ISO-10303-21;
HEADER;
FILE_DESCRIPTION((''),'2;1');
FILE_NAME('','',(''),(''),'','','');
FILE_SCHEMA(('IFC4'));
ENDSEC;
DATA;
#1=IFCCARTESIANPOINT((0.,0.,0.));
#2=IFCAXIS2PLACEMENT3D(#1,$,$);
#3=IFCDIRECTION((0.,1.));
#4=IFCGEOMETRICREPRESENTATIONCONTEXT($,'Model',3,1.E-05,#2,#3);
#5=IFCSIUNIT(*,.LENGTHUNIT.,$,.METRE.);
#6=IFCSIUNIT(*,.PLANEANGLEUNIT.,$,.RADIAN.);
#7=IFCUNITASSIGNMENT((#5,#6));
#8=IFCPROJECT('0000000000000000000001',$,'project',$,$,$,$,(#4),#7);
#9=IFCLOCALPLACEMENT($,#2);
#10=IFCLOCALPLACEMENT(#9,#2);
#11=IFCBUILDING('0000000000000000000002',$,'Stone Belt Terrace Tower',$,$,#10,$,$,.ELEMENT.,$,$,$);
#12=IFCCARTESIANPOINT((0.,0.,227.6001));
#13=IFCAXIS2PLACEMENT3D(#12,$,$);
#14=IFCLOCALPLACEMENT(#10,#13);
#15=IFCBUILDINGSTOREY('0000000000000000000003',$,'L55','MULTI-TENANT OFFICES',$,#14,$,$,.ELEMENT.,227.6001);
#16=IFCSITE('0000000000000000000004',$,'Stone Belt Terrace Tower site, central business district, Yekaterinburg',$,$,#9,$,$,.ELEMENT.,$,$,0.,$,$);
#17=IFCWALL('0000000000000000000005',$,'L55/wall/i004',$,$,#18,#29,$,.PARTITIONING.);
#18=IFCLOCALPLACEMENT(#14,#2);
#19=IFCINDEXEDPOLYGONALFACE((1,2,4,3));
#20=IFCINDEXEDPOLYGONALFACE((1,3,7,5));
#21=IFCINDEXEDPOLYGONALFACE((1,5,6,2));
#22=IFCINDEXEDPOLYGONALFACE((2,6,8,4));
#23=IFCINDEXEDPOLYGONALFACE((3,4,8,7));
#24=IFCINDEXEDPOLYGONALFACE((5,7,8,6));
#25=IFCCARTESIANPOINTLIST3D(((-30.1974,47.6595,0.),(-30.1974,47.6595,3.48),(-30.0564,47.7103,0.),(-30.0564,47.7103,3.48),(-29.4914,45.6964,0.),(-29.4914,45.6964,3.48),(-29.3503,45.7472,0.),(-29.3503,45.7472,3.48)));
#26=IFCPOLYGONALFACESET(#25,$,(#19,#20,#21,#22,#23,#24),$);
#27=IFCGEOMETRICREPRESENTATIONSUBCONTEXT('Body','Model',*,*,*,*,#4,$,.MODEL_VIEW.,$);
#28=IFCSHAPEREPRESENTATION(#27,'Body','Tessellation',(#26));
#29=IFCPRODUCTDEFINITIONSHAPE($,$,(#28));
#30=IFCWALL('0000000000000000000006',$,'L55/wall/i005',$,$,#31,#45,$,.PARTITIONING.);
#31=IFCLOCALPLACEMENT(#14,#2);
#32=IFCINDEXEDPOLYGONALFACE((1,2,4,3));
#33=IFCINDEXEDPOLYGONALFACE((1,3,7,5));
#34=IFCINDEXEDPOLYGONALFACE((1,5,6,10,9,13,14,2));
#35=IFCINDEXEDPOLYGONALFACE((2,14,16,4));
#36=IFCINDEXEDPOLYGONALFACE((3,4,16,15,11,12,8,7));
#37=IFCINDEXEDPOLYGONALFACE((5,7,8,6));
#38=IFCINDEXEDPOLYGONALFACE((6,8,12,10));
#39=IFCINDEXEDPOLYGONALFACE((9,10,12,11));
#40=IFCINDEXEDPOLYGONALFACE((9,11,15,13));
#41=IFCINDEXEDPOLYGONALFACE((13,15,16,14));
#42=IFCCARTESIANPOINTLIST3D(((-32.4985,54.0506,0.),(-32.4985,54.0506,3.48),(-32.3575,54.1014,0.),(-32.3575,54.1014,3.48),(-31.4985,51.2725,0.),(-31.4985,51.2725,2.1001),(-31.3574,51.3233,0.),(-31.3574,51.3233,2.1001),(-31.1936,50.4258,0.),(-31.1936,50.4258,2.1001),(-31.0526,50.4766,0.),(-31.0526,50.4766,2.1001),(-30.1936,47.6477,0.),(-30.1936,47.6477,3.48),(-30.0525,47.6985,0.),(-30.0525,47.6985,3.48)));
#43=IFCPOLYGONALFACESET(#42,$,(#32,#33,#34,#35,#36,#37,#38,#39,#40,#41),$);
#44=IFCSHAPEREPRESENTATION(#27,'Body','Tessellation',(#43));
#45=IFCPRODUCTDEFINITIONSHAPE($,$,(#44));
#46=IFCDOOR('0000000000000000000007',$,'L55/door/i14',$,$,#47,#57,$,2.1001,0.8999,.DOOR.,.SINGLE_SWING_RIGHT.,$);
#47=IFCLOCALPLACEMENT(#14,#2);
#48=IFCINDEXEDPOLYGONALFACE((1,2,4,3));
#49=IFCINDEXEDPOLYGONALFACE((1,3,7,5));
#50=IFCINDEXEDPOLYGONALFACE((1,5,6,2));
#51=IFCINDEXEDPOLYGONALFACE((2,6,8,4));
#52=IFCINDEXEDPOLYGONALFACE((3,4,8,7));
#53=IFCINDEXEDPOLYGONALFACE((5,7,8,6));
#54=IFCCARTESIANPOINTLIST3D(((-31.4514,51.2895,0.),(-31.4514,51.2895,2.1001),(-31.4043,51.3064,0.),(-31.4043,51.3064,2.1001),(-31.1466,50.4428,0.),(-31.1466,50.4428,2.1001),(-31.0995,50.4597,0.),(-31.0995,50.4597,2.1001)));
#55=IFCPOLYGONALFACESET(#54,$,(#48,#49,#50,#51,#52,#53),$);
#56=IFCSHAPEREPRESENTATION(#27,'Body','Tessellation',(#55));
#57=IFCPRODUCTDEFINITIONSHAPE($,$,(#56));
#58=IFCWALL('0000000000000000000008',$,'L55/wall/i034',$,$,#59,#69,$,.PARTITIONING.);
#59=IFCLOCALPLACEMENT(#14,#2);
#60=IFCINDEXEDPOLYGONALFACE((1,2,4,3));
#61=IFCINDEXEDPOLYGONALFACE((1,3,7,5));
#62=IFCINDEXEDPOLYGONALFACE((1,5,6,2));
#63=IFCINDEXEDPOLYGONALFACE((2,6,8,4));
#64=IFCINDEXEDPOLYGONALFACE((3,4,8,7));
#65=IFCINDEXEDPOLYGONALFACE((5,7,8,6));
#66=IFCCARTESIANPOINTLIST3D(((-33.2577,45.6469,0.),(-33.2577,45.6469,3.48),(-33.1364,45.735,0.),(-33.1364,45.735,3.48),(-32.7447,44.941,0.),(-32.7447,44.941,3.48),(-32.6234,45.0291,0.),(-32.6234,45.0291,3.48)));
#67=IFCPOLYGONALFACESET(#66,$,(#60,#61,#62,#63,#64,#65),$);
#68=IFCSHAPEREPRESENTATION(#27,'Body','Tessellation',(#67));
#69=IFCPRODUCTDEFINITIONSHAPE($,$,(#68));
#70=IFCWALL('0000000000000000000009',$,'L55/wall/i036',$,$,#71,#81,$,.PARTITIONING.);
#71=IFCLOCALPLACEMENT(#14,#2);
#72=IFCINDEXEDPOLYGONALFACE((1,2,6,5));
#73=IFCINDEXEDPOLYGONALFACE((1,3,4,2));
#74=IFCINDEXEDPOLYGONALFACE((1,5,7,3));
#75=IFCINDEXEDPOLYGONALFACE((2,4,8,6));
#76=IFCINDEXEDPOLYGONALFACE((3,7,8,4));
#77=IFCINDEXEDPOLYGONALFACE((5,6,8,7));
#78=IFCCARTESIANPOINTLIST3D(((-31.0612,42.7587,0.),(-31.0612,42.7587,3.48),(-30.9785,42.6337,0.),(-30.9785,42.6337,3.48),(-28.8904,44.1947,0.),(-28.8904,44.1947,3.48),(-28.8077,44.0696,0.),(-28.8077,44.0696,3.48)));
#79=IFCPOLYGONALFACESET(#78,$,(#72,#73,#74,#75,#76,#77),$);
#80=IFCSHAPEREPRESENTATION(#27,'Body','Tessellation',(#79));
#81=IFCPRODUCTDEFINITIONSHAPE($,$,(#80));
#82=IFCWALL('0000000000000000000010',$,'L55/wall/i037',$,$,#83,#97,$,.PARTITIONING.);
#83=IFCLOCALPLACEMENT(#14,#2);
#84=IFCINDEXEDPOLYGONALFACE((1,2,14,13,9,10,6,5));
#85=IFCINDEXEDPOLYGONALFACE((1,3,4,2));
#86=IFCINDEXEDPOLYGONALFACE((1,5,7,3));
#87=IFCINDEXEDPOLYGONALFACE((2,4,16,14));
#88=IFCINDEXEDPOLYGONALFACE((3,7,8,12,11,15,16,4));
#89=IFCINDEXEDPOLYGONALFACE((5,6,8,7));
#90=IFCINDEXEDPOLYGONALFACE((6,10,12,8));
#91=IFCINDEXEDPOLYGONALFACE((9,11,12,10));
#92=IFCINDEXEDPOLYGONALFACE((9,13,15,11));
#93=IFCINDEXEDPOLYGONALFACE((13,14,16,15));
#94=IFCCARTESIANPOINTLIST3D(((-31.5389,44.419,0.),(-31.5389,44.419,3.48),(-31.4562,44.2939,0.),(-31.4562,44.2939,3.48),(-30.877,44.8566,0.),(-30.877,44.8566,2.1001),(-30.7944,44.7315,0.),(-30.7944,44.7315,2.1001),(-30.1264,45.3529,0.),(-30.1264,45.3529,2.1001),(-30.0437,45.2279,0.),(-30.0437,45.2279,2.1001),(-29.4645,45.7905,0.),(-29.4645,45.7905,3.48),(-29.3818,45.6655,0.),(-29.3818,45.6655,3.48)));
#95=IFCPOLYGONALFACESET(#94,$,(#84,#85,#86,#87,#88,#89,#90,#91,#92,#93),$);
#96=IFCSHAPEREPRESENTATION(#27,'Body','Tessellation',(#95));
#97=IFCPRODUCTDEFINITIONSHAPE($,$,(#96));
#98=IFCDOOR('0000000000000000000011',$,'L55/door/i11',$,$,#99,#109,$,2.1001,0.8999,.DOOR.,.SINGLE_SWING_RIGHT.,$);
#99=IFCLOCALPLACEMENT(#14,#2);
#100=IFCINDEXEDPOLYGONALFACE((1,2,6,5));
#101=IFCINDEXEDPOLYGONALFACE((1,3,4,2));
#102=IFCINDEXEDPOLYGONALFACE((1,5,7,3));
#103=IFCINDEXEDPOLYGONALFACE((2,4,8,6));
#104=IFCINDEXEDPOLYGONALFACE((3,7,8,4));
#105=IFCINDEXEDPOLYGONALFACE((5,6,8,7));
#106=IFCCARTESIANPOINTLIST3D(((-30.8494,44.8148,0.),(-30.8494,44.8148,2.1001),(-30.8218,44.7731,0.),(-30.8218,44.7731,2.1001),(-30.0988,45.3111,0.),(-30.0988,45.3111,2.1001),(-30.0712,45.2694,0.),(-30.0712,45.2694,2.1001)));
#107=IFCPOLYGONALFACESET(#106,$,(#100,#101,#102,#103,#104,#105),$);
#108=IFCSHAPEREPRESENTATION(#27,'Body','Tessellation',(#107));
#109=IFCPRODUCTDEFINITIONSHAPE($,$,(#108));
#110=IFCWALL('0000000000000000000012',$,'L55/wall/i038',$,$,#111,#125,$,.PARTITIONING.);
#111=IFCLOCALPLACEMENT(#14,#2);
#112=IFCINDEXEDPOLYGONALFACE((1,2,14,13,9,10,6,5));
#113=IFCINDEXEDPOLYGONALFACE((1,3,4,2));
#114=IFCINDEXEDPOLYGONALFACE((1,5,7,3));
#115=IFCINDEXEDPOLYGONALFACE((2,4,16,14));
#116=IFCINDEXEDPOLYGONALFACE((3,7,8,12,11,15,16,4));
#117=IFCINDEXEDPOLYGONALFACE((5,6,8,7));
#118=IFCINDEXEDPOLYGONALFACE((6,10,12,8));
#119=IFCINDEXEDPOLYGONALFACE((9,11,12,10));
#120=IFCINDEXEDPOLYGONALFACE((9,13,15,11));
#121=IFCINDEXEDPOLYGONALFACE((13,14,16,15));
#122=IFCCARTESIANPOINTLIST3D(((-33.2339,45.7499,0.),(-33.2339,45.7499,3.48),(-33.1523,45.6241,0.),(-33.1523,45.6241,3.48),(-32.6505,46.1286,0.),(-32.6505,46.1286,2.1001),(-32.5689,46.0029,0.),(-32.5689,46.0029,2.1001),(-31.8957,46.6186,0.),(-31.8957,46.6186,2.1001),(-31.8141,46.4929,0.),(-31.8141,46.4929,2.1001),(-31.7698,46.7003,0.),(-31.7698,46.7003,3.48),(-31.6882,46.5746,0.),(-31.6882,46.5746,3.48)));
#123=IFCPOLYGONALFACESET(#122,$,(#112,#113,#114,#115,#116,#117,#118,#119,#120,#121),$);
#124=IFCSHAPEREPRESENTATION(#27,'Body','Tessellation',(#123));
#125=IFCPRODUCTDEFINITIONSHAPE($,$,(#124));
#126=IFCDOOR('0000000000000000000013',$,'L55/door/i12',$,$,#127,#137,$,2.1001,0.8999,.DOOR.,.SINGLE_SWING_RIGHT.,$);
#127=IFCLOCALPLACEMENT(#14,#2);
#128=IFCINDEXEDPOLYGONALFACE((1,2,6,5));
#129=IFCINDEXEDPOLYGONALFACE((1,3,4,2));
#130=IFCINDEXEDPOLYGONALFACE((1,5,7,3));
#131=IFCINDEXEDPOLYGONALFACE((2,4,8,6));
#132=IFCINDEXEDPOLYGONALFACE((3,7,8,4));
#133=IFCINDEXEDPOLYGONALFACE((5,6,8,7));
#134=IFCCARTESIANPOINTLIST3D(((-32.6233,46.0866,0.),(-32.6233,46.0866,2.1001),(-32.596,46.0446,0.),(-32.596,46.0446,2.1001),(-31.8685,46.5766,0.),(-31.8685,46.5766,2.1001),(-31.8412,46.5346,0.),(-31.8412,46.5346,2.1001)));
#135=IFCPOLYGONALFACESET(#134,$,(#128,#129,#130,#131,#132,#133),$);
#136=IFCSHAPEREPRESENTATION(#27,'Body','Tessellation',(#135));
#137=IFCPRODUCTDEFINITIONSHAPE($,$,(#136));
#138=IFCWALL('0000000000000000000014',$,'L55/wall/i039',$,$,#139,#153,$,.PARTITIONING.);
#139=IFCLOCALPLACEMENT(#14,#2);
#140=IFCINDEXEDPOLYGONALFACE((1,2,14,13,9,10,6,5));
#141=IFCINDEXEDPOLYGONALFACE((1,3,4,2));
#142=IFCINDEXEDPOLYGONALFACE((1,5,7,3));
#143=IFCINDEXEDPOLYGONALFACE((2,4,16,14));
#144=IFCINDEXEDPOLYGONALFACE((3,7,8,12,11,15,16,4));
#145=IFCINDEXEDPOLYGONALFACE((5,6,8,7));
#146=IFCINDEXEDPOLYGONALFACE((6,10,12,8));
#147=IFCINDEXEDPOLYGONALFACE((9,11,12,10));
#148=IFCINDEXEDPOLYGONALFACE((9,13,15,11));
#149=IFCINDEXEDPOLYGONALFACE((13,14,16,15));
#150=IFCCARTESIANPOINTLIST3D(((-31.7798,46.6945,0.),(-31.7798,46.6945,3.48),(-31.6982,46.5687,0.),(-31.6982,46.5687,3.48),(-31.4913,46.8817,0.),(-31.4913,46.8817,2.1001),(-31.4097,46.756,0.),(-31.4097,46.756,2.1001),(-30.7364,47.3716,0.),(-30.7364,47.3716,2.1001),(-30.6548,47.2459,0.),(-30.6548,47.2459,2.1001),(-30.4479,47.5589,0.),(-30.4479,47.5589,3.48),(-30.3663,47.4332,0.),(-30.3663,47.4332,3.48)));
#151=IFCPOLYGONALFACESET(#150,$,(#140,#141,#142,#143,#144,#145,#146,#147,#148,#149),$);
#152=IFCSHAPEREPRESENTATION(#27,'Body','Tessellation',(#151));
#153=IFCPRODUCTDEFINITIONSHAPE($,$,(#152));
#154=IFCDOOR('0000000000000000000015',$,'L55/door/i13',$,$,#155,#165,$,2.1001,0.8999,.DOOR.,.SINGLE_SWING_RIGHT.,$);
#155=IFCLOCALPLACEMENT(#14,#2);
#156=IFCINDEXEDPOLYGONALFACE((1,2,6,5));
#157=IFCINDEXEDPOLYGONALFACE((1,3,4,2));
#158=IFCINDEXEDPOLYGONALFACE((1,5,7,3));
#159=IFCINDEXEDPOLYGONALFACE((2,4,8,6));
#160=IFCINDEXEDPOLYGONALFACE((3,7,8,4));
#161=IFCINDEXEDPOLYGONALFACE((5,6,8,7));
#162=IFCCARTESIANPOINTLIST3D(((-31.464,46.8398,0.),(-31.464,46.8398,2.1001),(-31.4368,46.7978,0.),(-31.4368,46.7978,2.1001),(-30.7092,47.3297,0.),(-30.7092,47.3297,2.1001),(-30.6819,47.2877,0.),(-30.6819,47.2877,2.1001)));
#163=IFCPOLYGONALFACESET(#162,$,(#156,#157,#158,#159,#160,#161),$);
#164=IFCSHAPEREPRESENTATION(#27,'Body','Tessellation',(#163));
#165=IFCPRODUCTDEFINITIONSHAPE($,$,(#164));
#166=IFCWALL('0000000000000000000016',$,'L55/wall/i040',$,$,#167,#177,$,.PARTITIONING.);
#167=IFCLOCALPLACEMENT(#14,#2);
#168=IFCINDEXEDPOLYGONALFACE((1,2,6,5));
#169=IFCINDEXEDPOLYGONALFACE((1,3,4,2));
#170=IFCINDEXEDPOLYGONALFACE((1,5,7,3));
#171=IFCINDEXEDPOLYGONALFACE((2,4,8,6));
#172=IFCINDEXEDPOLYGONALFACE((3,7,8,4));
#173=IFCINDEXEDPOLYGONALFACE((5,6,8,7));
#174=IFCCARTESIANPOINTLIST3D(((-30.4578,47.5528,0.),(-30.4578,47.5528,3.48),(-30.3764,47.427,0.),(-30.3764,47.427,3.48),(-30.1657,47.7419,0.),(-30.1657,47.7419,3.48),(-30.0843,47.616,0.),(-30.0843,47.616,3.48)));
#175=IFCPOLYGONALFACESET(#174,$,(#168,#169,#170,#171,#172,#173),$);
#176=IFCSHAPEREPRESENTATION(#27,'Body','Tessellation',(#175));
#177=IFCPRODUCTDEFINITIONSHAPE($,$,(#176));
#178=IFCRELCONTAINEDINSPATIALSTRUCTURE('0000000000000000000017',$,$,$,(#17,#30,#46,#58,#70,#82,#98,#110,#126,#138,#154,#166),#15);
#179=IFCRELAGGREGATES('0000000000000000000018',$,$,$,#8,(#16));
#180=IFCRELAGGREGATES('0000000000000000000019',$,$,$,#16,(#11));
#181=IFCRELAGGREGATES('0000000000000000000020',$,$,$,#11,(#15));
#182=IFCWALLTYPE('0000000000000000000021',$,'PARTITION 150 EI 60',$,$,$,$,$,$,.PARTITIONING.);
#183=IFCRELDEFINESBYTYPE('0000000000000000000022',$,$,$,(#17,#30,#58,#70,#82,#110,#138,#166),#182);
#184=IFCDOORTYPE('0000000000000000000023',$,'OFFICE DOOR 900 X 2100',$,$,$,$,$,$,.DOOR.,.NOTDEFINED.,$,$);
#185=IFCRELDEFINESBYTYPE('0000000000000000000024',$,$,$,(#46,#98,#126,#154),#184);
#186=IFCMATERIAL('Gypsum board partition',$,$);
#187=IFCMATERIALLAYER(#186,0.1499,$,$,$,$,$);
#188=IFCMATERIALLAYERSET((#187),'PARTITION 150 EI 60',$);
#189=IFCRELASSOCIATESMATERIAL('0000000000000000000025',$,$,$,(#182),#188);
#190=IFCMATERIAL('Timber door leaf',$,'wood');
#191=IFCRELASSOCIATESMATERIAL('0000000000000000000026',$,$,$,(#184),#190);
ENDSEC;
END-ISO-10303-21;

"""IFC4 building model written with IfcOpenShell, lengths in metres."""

from ifc_helpers import new_model, si_unit, direction, frame, frame_2d, origin, place, context, subcontext, project, spatial, rectangle, extrude, material, layer, layer_set, type_object, element, fill, save


model = new_model("IFC4")

# Units and contexts
model_context = context("Model", 3, precision=1e-05, world=origin(), true_north=direction((0.0, 1.0)))
body_context = subcontext(model_context, "Body", "Model", "MODEL_VIEW")
ifc_project = project(units=[si_unit("LENGTHUNIT", "METRE"), si_unit("PLANEANGLEUNIT", "RADIAN")], contexts=[model_context])

# Site, building, storey
site_placement = place(None, origin())
site = spatial("IfcSite", under=ifc_project, at=site_placement, Name="Stone Belt Terrace Tower site, central business district, Yekaterinburg", CompositionType="ELEMENT", RefElevation=0.0)
building_placement = place(site_placement, origin())
building = spatial("IfcBuilding", under=site, at=building_placement, Name="Stone Belt Terrace Tower", CompositionType="ELEMENT")
storey_placement = place(building_placement, frame((0.0, 0.0, 227.6001)))
storey = spatial("IfcBuildingStorey", under=building, at=storey_placement, Name="L55", Description="MULTI-TENANT OFFICES", CompositionType="ELEMENT", Elevation=227.6001)

# Shared definitions
ifc_material_1 = material(Name="Timber door leaf", Category="wood")

# Wall
ifc_material_2 = material(Name="Gypsum board partition")
ifc_layer_1 = layer(ifc_material_2, 0.1499)
ifc_layer_set_1 = layer_set([ifc_layer_1], Name="PARTITION 150 EI 60")
wall_type_1 = type_object("IfcWallType", Name="PARTITION 150 EI 60", PredefinedType="PARTITIONING", material=ifc_layer_set_1)
wall_1_placement = place(storey_placement, frame((-29.4209, 45.7219, 0.0), z_axis=(0.0, 0.0, 1.0), x_axis=(-0.338434, 0.94099, 0.0)))
element("IfcWall", 1, at=wall_1_placement, inside=storey, type_object=wall_type_1, Name="L55/wall/i004", PredefinedType="PARTITIONING", context=body_context, shape_type="SweptSolid", body=[
    extrude(rectangle(XDim=2.0862, YDim=0.1499, at=frame_2d((1.043, 0.0))), origin(), (0.0, 0.0, 1.0), 3.48),
])

# Wall, opening, door
wall_2_placement = place(storey_placement, frame((-30.123, 47.6731, 0.0), z_axis=(0.0, 0.0, 1.0), x_axis=(-0.338708, 0.940892, 0.0)))
wall_2 = element("IfcWall", 2, at=wall_2_placement, inside=storey, type_object=wall_type_1, Name="L55/wall/i005", PredefinedType="PARTITIONING", context=body_context, shape_type="SweptSolid", body=[
    extrude(rectangle(XDim=6.8052, YDim=0.1499, at=frame_2d((3.4026, 0.0))), origin(), (0.0, 0.0, 1.0), 3.48),
])
opening_1_placement = place(wall_2_placement, frame((2.9526, 0.0, 0.0)))
opening_1 = element("IfcOpeningElement", 3, at=opening_1_placement, cuts=wall_2, PredefinedType="OPENING", context=body_context, shape_type="SweptSolid", body=[
    extrude(rectangle(XDim=0.8999, YDim=2.1001, at=frame_2d((0.45, 1.05))), frame((0.0, 0.085, 0.0), z_axis=(0.0, -1.0, 0.0), x_axis=(1.0, 0.0, 0.0)), (0.0, 0.0, 1.0), 0.1699),
])
door_type_1 = type_object("IfcDoorType", Name="OFFICE DOOR 900 X 2100", OperationType="NOTDEFINED", PredefinedType="DOOR", material=ifc_material_1)
door_1_placement = place(opening_1_placement, origin())
door_1 = element("IfcDoor", 4, at=door_1_placement, inside=storey, type_object=door_type_1, Name="L55/door/i14", OperationType="SINGLE_SWING_RIGHT", OverallHeight=2.1001, OverallWidth=0.8999, PredefinedType="DOOR", context=body_context, shape_type="SweptSolid", body=[
    extrude(rectangle(XDim=0.8999, YDim=2.1001, at=frame_2d((0.45, 1.05))), frame((0.0, 0.0249, 0.0), z_axis=(0.0, -1.0, 0.0), x_axis=(1.0, 0.0, 0.0)), (0.0, 0.0, 1.0), 0.05),
])
fill(opening_1, door_1)

# Walls
wall_3_placement = place(storey_placement, frame((-33.197, 45.6909, 0.0), z_axis=(0.0, 0.0, 1.0), x_axis=(0.587889, -0.808942, 0.0)))
element("IfcWall", 5, at=wall_3_placement, inside=storey, type_object=wall_type_1, Name="L55/wall/i034", PredefinedType="PARTITIONING", context=body_context, shape_type="SweptSolid", body=[
    extrude(rectangle(XDim=0.8726, YDim=0.1499, at=frame_2d((0.4363, 0.0))), origin(), (0.0, 0.0, 1.0), 3.48),
])
wall_4_placement = place(storey_placement, frame((-28.8491, 44.1321, 0.0), z_axis=(0.0, 0.0, 1.0), x_axis=(-0.834036, -0.55171, 0.0)))
element("IfcWall", 6, at=wall_4_placement, inside=storey, type_object=wall_type_1, Name="L55/wall/i036", PredefinedType="PARTITIONING", context=body_context, shape_type="SweptSolid", body=[
    extrude(rectangle(XDim=2.6028, YDim=0.1499, at=frame_2d((1.3013, 0.0))), origin(), (0.0, 0.0, 1.0), 3.48),
])

# Walls, openings, doors
wall_5_placement = place(storey_placement, frame((-31.4976, 44.3564, 0.0), z_axis=(0.0, 0.0, 1.0), x_axis=(0.834159, 0.551524, 0.0)))
wall_5 = element("IfcWall", 7, at=wall_5_placement, inside=storey, type_object=wall_type_1, Name="L55/wall/i037", PredefinedType="PARTITIONING", context=body_context, shape_type="SweptSolid", body=[
    extrude(rectangle(XDim=2.4868, YDim=0.1499, at=frame_2d((1.2434, 0.0))), origin(), (0.0, 0.0, 1.0), 3.48),
])
opening_2_placement = place(wall_5_placement, frame((0.7935, 0.0, 0.0)))
opening_2 = element("IfcOpeningElement", 8, at=opening_2_placement, cuts=wall_5, PredefinedType="OPENING", context=body_context, shape_type="SweptSolid", body=[
    extrude(rectangle(XDim=0.8999, YDim=2.1001, at=frame_2d((0.45, 1.05))), frame((0.0, 0.085, 0.0), z_axis=(0.0, -1.0, 0.0), x_axis=(1.0, 0.0, 0.0)), (0.0, 0.0, 1.0), 0.1699),
])
door_2_placement = place(opening_2_placement, origin())
door_2 = element("IfcDoor", 9, at=door_2_placement, inside=storey, type_object=door_type_1, Name="L55/door/i11", OperationType="SINGLE_SWING_RIGHT", OverallHeight=2.1001, OverallWidth=0.8999, PredefinedType="DOOR", context=body_context, shape_type="SweptSolid", body=[
    extrude(rectangle(XDim=0.8999, YDim=2.1001, at=frame_2d((0.45, 1.05))), frame((0.0, 0.0249, 0.0), z_axis=(0.0, -1.0, 0.0), x_axis=(1.0, 0.0, 0.0)), (0.0, 0.0, 1.0), 0.05),
])
fill(opening_2, door_2)
wall_6_placement = place(storey_placement, frame((-33.1931, 45.687, 0.0), z_axis=(0.0, 0.0, 1.0), x_axis=(0.838766, 0.544492, 0.0)))
wall_6 = element("IfcWall", 10, at=wall_6_placement, inside=storey, type_object=wall_type_1, Name="L55/wall/i038", PredefinedType="PARTITIONING", context=body_context, shape_type="SweptSolid", body=[
    extrude(rectangle(XDim=1.7456, YDim=0.1499, at=frame_2d((0.8728, 0.0))), origin(), (0.0, 0.0, 1.0), 3.48),
])
opening_3_placement = place(wall_6_placement, frame((0.6956, 0.0, 0.0)))
opening_3 = element("IfcOpeningElement", 11, at=opening_3_placement, cuts=wall_6, PredefinedType="OPENING", context=body_context, shape_type="SweptSolid", body=[
    extrude(rectangle(XDim=0.8999, YDim=2.1001, at=frame_2d((0.45, 1.05))), frame((0.0, 0.085, 0.0), z_axis=(0.0, -1.0, 0.0), x_axis=(1.0, 0.0, 0.0)), (0.0, 0.0, 1.0), 0.1699),
])
door_3_placement = place(opening_3_placement, origin())
door_3 = element("IfcDoor", 12, at=door_3_placement, inside=storey, type_object=door_type_1, Name="L55/door/i12", OperationType="SINGLE_SWING_RIGHT", OverallHeight=2.1001, OverallWidth=0.8999, PredefinedType="DOOR", context=body_context, shape_type="SweptSolid", body=[
    extrude(rectangle(XDim=0.8999, YDim=2.1001, at=frame_2d((0.45, 1.05))), frame((0.0, 0.0249, 0.0), z_axis=(0.0, -1.0, 0.0), x_axis=(1.0, 0.0, 0.0)), (0.0, 0.0, 1.0), 0.05),
])
fill(opening_3, door_3)
wall_7_placement = place(storey_placement, frame((-31.739, 46.6316, 0.0), z_axis=(0.0, 0.0, 1.0), x_axis=(0.838823, 0.544405, 0.0)))
wall_7 = element("IfcWall", 13, at=wall_7_placement, inside=storey, type_object=wall_type_1, Name="L55/wall/i039", PredefinedType="PARTITIONING", context=body_context, shape_type="SweptSolid", body=[
    extrude(rectangle(XDim=1.5879, YDim=0.1499, at=frame_2d((0.7939, 0.0))), origin(), (0.0, 0.0, 1.0), 3.48),
])
opening_4_placement = place(wall_7_placement, frame((0.344, 0.0, 0.0)))
opening_4 = element("IfcOpeningElement", 14, at=opening_4_placement, cuts=wall_7, PredefinedType="OPENING", context=body_context, shape_type="SweptSolid", body=[
    extrude(rectangle(XDim=0.8999, YDim=2.1001, at=frame_2d((0.45, 1.05))), frame((0.0, 0.085, 0.0), z_axis=(0.0, -1.0, 0.0), x_axis=(1.0, 0.0, 0.0)), (0.0, 0.0, 1.0), 0.1699),
])
door_4_placement = place(opening_4_placement, origin())
door_4 = element("IfcDoor", 15, at=door_4_placement, inside=storey, type_object=door_type_1, Name="L55/door/i13", OperationType="SINGLE_SWING_RIGHT", OverallHeight=2.1001, OverallWidth=0.8999, PredefinedType="DOOR", context=body_context, shape_type="SweptSolid", body=[
    extrude(rectangle(XDim=0.8999, YDim=2.1001, at=frame_2d((0.45, 1.05))), frame((0.0, 0.0249, 0.0), z_axis=(0.0, -1.0, 0.0), x_axis=(1.0, 0.0, 0.0)), (0.0, 0.0, 1.0), 0.05),
])
fill(opening_4, door_4)

# Wall
wall_8_placement = place(storey_placement, frame((-30.417, 47.49, 0.0), z_axis=(0.0, 0.0, 1.0), x_axis=(0.839532, 0.543309, 0.0)))
element("IfcWall", 16, at=wall_8_placement, inside=storey, type_object=wall_type_1, Name="L55/wall/i040", PredefinedType="PARTITIONING", context=body_context, shape_type="SweptSolid", body=[
    extrude(rectangle(XDim=0.3479, YDim=0.1499, at=frame_2d((0.1738, 0.0))), origin(), (0.0, 0.0, 1.0), 3.48),
])

save(model, "model.ifc")
